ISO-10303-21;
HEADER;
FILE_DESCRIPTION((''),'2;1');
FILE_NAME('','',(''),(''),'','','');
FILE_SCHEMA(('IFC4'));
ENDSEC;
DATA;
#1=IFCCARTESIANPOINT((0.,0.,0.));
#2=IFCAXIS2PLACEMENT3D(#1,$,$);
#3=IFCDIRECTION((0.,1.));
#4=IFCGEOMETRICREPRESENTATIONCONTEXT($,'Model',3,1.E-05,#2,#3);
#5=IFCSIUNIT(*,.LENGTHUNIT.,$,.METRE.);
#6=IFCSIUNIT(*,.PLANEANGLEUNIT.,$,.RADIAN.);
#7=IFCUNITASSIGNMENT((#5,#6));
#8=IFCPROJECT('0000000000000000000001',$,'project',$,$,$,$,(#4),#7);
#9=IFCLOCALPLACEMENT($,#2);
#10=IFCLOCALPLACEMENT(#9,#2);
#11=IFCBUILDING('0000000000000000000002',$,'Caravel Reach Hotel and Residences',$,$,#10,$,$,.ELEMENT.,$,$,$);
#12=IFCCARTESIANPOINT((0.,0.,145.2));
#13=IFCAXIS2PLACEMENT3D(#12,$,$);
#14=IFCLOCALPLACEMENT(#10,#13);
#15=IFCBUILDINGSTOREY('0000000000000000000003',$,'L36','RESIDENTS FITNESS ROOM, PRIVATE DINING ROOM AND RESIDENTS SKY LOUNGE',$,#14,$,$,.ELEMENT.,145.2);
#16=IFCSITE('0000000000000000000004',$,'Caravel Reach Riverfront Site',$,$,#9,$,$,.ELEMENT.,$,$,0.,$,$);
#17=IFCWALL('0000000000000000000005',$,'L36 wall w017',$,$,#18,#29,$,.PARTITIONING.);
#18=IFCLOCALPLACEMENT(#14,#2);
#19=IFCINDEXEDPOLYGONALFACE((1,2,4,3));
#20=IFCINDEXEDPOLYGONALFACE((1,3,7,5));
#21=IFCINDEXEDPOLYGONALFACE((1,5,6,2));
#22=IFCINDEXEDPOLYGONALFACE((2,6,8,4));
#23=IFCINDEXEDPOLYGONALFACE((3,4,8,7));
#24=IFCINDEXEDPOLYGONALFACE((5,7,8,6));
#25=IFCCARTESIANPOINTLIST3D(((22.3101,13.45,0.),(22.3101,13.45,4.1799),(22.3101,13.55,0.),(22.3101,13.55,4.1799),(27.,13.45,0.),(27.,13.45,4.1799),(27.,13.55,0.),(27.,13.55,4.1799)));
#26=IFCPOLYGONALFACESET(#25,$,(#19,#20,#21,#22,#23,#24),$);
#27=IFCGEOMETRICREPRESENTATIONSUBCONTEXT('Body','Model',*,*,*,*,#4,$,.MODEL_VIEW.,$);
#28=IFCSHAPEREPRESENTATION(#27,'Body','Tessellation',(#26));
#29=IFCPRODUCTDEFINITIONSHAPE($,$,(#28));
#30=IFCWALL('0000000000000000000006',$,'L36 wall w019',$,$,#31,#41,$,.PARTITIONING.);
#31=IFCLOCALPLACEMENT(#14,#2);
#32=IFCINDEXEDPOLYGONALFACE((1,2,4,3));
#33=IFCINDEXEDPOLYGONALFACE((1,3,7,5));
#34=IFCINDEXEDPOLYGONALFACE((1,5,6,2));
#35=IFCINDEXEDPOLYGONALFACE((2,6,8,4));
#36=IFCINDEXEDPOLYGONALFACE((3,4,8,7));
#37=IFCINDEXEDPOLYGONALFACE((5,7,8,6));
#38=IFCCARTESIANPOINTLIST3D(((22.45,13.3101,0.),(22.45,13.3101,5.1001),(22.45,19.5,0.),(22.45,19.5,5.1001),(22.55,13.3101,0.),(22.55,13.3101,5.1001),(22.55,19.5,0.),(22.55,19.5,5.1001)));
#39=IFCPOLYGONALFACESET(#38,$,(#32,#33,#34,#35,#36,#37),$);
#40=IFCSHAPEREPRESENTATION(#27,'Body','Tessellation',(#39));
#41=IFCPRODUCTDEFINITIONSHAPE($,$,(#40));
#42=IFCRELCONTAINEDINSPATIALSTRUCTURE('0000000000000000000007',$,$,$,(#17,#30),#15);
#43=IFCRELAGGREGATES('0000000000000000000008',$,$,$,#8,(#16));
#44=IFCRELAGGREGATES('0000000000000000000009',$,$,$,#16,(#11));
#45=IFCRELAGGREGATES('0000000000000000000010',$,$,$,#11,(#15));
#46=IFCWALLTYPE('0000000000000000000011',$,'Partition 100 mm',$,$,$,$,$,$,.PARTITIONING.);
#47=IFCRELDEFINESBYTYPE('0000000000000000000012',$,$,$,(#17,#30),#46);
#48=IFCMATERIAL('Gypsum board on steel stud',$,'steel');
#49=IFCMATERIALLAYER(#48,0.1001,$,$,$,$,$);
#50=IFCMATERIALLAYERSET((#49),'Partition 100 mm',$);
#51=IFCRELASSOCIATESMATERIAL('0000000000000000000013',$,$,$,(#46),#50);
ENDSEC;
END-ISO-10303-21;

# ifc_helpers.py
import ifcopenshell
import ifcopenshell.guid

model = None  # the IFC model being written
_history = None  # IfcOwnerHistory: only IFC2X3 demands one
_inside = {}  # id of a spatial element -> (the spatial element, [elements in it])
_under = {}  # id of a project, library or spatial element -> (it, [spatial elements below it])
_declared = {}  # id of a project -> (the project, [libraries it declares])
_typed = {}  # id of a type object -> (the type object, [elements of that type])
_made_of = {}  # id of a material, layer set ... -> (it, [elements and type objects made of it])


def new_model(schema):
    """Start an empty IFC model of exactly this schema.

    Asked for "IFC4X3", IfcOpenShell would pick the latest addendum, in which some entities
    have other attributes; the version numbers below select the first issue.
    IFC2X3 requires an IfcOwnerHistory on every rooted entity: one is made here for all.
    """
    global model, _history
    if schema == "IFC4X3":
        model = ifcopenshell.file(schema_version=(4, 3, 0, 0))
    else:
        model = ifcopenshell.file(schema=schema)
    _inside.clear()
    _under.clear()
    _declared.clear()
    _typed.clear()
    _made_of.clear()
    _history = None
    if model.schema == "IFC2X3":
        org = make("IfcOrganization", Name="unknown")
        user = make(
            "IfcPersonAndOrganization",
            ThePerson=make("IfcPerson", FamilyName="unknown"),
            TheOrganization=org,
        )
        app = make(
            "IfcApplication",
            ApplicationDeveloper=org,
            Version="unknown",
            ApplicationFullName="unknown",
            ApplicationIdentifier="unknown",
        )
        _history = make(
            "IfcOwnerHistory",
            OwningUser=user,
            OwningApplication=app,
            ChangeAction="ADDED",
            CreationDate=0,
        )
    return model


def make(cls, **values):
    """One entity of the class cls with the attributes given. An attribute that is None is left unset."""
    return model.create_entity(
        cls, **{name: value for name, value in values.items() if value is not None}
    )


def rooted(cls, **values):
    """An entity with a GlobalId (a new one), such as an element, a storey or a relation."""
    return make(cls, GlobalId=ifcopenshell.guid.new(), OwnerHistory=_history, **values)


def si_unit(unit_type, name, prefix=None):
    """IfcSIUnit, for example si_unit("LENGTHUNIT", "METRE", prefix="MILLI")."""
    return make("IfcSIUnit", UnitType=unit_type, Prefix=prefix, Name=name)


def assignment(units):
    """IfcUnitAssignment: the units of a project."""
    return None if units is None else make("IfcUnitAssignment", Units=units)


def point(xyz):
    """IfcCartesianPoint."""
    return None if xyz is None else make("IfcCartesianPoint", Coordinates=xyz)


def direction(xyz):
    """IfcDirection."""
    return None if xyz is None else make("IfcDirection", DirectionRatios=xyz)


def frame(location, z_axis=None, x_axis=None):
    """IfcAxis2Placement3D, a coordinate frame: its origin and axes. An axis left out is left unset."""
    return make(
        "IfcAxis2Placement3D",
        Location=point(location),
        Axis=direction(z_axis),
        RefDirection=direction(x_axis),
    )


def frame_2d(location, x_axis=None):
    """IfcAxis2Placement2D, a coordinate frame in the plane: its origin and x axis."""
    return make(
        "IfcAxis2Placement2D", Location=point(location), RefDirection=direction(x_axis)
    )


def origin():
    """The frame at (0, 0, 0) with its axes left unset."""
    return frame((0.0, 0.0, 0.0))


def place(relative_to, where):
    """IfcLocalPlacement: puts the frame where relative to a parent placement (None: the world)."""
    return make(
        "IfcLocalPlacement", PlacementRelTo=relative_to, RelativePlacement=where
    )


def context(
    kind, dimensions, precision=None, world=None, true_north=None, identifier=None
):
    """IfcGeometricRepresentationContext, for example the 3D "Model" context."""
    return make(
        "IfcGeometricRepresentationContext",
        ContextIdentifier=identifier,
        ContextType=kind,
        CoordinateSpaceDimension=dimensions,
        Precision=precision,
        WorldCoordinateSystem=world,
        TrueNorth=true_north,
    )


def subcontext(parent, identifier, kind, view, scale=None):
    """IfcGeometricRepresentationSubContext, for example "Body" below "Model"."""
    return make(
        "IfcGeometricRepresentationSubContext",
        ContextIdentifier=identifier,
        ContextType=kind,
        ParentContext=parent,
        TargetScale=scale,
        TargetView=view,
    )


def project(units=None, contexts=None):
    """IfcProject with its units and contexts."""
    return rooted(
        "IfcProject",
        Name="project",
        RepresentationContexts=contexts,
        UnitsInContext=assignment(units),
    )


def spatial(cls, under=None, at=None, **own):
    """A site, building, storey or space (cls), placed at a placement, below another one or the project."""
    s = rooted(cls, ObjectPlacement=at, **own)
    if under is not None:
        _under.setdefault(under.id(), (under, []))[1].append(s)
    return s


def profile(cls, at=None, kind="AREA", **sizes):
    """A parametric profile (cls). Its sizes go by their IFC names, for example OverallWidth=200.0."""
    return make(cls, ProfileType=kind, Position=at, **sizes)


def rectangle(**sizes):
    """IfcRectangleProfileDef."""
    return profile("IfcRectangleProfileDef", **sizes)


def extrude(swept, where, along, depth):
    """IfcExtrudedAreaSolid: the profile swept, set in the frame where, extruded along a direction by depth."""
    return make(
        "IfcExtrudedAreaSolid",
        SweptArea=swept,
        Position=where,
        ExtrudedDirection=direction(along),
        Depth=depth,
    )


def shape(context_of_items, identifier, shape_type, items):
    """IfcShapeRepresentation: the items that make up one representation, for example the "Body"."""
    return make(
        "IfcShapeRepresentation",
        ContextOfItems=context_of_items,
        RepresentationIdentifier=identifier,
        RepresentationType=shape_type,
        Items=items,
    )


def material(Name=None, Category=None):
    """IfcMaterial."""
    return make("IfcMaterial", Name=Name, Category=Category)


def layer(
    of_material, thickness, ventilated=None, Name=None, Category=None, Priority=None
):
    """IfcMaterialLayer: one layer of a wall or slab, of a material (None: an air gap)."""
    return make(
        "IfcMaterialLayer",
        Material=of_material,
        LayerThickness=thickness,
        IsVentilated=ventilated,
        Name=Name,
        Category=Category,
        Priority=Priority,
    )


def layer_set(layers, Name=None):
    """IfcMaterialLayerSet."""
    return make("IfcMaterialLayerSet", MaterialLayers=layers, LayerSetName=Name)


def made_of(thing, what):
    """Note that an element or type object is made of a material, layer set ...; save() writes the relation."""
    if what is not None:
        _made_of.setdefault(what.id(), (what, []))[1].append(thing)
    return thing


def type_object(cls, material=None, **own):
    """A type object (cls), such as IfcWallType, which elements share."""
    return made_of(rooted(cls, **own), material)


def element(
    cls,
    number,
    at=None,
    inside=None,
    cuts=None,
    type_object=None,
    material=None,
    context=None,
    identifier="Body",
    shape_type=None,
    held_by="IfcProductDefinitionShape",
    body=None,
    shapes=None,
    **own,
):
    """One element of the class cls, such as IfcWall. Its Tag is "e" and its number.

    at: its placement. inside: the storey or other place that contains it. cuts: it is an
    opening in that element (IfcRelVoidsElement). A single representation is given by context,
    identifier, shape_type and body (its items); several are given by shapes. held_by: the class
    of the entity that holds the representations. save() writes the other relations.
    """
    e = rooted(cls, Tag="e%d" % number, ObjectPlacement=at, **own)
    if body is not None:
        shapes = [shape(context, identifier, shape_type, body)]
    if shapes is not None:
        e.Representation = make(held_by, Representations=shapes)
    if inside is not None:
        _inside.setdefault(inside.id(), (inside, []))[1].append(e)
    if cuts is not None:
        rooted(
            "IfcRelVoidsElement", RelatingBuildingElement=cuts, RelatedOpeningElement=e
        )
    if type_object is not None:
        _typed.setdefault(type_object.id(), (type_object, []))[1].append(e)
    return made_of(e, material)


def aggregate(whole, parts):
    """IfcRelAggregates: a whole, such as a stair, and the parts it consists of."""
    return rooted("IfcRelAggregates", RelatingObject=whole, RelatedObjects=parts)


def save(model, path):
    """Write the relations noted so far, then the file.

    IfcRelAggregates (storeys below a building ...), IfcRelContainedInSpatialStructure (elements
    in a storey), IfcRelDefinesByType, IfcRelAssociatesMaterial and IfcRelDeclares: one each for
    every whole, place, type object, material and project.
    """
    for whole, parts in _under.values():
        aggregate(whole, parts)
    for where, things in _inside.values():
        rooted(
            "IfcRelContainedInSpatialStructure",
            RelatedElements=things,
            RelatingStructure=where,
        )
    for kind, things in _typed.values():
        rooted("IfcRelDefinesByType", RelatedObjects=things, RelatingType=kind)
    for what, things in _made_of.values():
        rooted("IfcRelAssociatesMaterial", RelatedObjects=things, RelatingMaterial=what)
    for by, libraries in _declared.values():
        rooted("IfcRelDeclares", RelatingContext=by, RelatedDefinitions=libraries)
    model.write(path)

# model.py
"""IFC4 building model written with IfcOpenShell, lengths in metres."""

from ifc_helpers import new_model, si_unit, direction, frame, frame_2d, origin, place, context, subcontext, project, spatial, rectangle, extrude, material, layer, layer_set, type_object, element, save


model = new_model("IFC4")

# Units and contexts
model_context = context("Model", 3, precision=1e-05, world=origin(), true_north=direction((0.0, 1.0)))
body_context = subcontext(model_context, "Body", "Model", "MODEL_VIEW")
ifc_project = project(units=[si_unit("LENGTHUNIT", "METRE"), si_unit("PLANEANGLEUNIT", "RADIAN")], contexts=[model_context])

# Site, building, storey
site_placement = place(None, origin())
site = spatial("IfcSite", under=ifc_project, at=site_placement, Name="Caravel Reach Riverfront Site", CompositionType="ELEMENT", RefElevation=0.0)
building_placement = place(site_placement, origin())
building = spatial("IfcBuilding", under=site, at=building_placement, Name="Caravel Reach Hotel and Residences", CompositionType="ELEMENT")
storey_placement = place(building_placement, frame((0.0, 0.0, 145.2)))
storey = spatial("IfcBuildingStorey", under=building, at=storey_placement, Name="L36", Description="RESIDENTS FITNESS ROOM, PRIVATE DINING ROOM AND RESIDENTS SKY LOUNGE", CompositionType="ELEMENT", Elevation=145.2)

# Walls
ifc_material_1 = material(Name="Gypsum board on steel stud", Category="steel")
ifc_layer_1 = layer(ifc_material_1, 0.1001)
ifc_layer_set_1 = layer_set([ifc_layer_1], Name="Partition 100 mm")
wall_type_1 = type_object("IfcWallType", Name="Partition 100 mm", PredefinedType="PARTITIONING", material=ifc_layer_set_1)
wall_1_placement = place(storey_placement, frame((22.3101, 13.5, 0.0), z_axis=(0.0, 0.0, 1.0), x_axis=(1.0, 0.0, 0.0)))
element("IfcWall", 1, at=wall_1_placement, inside=storey, type_object=wall_type_1, Name="L36 wall w017", PredefinedType="PARTITIONING", context=body_context, shape_type="SweptSolid", body=[
    extrude(rectangle(XDim=4.6899, YDim=0.1001, at=frame_2d((2.345, 0.0))), origin(), (0.0, 0.0, 1.0), 4.1799),
])
wall_2_placement = place(storey_placement, frame((22.5, 13.3101, 0.0), z_axis=(0.0, 0.0, 1.0), x_axis=(0.0, 1.0, 0.0)))
element("IfcWall", 2, at=wall_2_placement, inside=storey, type_object=wall_type_1, Name="L36 wall w019", PredefinedType="PARTITIONING", context=body_context, shape_type="SweptSolid", body=[
    extrude(rectangle(XDim=6.1899, YDim=0.1001, at=frame_2d((3.095, 0.0))), origin(), (0.0, 0.0, 1.0), 5.1001),
])

save(model, "model.ifc")
